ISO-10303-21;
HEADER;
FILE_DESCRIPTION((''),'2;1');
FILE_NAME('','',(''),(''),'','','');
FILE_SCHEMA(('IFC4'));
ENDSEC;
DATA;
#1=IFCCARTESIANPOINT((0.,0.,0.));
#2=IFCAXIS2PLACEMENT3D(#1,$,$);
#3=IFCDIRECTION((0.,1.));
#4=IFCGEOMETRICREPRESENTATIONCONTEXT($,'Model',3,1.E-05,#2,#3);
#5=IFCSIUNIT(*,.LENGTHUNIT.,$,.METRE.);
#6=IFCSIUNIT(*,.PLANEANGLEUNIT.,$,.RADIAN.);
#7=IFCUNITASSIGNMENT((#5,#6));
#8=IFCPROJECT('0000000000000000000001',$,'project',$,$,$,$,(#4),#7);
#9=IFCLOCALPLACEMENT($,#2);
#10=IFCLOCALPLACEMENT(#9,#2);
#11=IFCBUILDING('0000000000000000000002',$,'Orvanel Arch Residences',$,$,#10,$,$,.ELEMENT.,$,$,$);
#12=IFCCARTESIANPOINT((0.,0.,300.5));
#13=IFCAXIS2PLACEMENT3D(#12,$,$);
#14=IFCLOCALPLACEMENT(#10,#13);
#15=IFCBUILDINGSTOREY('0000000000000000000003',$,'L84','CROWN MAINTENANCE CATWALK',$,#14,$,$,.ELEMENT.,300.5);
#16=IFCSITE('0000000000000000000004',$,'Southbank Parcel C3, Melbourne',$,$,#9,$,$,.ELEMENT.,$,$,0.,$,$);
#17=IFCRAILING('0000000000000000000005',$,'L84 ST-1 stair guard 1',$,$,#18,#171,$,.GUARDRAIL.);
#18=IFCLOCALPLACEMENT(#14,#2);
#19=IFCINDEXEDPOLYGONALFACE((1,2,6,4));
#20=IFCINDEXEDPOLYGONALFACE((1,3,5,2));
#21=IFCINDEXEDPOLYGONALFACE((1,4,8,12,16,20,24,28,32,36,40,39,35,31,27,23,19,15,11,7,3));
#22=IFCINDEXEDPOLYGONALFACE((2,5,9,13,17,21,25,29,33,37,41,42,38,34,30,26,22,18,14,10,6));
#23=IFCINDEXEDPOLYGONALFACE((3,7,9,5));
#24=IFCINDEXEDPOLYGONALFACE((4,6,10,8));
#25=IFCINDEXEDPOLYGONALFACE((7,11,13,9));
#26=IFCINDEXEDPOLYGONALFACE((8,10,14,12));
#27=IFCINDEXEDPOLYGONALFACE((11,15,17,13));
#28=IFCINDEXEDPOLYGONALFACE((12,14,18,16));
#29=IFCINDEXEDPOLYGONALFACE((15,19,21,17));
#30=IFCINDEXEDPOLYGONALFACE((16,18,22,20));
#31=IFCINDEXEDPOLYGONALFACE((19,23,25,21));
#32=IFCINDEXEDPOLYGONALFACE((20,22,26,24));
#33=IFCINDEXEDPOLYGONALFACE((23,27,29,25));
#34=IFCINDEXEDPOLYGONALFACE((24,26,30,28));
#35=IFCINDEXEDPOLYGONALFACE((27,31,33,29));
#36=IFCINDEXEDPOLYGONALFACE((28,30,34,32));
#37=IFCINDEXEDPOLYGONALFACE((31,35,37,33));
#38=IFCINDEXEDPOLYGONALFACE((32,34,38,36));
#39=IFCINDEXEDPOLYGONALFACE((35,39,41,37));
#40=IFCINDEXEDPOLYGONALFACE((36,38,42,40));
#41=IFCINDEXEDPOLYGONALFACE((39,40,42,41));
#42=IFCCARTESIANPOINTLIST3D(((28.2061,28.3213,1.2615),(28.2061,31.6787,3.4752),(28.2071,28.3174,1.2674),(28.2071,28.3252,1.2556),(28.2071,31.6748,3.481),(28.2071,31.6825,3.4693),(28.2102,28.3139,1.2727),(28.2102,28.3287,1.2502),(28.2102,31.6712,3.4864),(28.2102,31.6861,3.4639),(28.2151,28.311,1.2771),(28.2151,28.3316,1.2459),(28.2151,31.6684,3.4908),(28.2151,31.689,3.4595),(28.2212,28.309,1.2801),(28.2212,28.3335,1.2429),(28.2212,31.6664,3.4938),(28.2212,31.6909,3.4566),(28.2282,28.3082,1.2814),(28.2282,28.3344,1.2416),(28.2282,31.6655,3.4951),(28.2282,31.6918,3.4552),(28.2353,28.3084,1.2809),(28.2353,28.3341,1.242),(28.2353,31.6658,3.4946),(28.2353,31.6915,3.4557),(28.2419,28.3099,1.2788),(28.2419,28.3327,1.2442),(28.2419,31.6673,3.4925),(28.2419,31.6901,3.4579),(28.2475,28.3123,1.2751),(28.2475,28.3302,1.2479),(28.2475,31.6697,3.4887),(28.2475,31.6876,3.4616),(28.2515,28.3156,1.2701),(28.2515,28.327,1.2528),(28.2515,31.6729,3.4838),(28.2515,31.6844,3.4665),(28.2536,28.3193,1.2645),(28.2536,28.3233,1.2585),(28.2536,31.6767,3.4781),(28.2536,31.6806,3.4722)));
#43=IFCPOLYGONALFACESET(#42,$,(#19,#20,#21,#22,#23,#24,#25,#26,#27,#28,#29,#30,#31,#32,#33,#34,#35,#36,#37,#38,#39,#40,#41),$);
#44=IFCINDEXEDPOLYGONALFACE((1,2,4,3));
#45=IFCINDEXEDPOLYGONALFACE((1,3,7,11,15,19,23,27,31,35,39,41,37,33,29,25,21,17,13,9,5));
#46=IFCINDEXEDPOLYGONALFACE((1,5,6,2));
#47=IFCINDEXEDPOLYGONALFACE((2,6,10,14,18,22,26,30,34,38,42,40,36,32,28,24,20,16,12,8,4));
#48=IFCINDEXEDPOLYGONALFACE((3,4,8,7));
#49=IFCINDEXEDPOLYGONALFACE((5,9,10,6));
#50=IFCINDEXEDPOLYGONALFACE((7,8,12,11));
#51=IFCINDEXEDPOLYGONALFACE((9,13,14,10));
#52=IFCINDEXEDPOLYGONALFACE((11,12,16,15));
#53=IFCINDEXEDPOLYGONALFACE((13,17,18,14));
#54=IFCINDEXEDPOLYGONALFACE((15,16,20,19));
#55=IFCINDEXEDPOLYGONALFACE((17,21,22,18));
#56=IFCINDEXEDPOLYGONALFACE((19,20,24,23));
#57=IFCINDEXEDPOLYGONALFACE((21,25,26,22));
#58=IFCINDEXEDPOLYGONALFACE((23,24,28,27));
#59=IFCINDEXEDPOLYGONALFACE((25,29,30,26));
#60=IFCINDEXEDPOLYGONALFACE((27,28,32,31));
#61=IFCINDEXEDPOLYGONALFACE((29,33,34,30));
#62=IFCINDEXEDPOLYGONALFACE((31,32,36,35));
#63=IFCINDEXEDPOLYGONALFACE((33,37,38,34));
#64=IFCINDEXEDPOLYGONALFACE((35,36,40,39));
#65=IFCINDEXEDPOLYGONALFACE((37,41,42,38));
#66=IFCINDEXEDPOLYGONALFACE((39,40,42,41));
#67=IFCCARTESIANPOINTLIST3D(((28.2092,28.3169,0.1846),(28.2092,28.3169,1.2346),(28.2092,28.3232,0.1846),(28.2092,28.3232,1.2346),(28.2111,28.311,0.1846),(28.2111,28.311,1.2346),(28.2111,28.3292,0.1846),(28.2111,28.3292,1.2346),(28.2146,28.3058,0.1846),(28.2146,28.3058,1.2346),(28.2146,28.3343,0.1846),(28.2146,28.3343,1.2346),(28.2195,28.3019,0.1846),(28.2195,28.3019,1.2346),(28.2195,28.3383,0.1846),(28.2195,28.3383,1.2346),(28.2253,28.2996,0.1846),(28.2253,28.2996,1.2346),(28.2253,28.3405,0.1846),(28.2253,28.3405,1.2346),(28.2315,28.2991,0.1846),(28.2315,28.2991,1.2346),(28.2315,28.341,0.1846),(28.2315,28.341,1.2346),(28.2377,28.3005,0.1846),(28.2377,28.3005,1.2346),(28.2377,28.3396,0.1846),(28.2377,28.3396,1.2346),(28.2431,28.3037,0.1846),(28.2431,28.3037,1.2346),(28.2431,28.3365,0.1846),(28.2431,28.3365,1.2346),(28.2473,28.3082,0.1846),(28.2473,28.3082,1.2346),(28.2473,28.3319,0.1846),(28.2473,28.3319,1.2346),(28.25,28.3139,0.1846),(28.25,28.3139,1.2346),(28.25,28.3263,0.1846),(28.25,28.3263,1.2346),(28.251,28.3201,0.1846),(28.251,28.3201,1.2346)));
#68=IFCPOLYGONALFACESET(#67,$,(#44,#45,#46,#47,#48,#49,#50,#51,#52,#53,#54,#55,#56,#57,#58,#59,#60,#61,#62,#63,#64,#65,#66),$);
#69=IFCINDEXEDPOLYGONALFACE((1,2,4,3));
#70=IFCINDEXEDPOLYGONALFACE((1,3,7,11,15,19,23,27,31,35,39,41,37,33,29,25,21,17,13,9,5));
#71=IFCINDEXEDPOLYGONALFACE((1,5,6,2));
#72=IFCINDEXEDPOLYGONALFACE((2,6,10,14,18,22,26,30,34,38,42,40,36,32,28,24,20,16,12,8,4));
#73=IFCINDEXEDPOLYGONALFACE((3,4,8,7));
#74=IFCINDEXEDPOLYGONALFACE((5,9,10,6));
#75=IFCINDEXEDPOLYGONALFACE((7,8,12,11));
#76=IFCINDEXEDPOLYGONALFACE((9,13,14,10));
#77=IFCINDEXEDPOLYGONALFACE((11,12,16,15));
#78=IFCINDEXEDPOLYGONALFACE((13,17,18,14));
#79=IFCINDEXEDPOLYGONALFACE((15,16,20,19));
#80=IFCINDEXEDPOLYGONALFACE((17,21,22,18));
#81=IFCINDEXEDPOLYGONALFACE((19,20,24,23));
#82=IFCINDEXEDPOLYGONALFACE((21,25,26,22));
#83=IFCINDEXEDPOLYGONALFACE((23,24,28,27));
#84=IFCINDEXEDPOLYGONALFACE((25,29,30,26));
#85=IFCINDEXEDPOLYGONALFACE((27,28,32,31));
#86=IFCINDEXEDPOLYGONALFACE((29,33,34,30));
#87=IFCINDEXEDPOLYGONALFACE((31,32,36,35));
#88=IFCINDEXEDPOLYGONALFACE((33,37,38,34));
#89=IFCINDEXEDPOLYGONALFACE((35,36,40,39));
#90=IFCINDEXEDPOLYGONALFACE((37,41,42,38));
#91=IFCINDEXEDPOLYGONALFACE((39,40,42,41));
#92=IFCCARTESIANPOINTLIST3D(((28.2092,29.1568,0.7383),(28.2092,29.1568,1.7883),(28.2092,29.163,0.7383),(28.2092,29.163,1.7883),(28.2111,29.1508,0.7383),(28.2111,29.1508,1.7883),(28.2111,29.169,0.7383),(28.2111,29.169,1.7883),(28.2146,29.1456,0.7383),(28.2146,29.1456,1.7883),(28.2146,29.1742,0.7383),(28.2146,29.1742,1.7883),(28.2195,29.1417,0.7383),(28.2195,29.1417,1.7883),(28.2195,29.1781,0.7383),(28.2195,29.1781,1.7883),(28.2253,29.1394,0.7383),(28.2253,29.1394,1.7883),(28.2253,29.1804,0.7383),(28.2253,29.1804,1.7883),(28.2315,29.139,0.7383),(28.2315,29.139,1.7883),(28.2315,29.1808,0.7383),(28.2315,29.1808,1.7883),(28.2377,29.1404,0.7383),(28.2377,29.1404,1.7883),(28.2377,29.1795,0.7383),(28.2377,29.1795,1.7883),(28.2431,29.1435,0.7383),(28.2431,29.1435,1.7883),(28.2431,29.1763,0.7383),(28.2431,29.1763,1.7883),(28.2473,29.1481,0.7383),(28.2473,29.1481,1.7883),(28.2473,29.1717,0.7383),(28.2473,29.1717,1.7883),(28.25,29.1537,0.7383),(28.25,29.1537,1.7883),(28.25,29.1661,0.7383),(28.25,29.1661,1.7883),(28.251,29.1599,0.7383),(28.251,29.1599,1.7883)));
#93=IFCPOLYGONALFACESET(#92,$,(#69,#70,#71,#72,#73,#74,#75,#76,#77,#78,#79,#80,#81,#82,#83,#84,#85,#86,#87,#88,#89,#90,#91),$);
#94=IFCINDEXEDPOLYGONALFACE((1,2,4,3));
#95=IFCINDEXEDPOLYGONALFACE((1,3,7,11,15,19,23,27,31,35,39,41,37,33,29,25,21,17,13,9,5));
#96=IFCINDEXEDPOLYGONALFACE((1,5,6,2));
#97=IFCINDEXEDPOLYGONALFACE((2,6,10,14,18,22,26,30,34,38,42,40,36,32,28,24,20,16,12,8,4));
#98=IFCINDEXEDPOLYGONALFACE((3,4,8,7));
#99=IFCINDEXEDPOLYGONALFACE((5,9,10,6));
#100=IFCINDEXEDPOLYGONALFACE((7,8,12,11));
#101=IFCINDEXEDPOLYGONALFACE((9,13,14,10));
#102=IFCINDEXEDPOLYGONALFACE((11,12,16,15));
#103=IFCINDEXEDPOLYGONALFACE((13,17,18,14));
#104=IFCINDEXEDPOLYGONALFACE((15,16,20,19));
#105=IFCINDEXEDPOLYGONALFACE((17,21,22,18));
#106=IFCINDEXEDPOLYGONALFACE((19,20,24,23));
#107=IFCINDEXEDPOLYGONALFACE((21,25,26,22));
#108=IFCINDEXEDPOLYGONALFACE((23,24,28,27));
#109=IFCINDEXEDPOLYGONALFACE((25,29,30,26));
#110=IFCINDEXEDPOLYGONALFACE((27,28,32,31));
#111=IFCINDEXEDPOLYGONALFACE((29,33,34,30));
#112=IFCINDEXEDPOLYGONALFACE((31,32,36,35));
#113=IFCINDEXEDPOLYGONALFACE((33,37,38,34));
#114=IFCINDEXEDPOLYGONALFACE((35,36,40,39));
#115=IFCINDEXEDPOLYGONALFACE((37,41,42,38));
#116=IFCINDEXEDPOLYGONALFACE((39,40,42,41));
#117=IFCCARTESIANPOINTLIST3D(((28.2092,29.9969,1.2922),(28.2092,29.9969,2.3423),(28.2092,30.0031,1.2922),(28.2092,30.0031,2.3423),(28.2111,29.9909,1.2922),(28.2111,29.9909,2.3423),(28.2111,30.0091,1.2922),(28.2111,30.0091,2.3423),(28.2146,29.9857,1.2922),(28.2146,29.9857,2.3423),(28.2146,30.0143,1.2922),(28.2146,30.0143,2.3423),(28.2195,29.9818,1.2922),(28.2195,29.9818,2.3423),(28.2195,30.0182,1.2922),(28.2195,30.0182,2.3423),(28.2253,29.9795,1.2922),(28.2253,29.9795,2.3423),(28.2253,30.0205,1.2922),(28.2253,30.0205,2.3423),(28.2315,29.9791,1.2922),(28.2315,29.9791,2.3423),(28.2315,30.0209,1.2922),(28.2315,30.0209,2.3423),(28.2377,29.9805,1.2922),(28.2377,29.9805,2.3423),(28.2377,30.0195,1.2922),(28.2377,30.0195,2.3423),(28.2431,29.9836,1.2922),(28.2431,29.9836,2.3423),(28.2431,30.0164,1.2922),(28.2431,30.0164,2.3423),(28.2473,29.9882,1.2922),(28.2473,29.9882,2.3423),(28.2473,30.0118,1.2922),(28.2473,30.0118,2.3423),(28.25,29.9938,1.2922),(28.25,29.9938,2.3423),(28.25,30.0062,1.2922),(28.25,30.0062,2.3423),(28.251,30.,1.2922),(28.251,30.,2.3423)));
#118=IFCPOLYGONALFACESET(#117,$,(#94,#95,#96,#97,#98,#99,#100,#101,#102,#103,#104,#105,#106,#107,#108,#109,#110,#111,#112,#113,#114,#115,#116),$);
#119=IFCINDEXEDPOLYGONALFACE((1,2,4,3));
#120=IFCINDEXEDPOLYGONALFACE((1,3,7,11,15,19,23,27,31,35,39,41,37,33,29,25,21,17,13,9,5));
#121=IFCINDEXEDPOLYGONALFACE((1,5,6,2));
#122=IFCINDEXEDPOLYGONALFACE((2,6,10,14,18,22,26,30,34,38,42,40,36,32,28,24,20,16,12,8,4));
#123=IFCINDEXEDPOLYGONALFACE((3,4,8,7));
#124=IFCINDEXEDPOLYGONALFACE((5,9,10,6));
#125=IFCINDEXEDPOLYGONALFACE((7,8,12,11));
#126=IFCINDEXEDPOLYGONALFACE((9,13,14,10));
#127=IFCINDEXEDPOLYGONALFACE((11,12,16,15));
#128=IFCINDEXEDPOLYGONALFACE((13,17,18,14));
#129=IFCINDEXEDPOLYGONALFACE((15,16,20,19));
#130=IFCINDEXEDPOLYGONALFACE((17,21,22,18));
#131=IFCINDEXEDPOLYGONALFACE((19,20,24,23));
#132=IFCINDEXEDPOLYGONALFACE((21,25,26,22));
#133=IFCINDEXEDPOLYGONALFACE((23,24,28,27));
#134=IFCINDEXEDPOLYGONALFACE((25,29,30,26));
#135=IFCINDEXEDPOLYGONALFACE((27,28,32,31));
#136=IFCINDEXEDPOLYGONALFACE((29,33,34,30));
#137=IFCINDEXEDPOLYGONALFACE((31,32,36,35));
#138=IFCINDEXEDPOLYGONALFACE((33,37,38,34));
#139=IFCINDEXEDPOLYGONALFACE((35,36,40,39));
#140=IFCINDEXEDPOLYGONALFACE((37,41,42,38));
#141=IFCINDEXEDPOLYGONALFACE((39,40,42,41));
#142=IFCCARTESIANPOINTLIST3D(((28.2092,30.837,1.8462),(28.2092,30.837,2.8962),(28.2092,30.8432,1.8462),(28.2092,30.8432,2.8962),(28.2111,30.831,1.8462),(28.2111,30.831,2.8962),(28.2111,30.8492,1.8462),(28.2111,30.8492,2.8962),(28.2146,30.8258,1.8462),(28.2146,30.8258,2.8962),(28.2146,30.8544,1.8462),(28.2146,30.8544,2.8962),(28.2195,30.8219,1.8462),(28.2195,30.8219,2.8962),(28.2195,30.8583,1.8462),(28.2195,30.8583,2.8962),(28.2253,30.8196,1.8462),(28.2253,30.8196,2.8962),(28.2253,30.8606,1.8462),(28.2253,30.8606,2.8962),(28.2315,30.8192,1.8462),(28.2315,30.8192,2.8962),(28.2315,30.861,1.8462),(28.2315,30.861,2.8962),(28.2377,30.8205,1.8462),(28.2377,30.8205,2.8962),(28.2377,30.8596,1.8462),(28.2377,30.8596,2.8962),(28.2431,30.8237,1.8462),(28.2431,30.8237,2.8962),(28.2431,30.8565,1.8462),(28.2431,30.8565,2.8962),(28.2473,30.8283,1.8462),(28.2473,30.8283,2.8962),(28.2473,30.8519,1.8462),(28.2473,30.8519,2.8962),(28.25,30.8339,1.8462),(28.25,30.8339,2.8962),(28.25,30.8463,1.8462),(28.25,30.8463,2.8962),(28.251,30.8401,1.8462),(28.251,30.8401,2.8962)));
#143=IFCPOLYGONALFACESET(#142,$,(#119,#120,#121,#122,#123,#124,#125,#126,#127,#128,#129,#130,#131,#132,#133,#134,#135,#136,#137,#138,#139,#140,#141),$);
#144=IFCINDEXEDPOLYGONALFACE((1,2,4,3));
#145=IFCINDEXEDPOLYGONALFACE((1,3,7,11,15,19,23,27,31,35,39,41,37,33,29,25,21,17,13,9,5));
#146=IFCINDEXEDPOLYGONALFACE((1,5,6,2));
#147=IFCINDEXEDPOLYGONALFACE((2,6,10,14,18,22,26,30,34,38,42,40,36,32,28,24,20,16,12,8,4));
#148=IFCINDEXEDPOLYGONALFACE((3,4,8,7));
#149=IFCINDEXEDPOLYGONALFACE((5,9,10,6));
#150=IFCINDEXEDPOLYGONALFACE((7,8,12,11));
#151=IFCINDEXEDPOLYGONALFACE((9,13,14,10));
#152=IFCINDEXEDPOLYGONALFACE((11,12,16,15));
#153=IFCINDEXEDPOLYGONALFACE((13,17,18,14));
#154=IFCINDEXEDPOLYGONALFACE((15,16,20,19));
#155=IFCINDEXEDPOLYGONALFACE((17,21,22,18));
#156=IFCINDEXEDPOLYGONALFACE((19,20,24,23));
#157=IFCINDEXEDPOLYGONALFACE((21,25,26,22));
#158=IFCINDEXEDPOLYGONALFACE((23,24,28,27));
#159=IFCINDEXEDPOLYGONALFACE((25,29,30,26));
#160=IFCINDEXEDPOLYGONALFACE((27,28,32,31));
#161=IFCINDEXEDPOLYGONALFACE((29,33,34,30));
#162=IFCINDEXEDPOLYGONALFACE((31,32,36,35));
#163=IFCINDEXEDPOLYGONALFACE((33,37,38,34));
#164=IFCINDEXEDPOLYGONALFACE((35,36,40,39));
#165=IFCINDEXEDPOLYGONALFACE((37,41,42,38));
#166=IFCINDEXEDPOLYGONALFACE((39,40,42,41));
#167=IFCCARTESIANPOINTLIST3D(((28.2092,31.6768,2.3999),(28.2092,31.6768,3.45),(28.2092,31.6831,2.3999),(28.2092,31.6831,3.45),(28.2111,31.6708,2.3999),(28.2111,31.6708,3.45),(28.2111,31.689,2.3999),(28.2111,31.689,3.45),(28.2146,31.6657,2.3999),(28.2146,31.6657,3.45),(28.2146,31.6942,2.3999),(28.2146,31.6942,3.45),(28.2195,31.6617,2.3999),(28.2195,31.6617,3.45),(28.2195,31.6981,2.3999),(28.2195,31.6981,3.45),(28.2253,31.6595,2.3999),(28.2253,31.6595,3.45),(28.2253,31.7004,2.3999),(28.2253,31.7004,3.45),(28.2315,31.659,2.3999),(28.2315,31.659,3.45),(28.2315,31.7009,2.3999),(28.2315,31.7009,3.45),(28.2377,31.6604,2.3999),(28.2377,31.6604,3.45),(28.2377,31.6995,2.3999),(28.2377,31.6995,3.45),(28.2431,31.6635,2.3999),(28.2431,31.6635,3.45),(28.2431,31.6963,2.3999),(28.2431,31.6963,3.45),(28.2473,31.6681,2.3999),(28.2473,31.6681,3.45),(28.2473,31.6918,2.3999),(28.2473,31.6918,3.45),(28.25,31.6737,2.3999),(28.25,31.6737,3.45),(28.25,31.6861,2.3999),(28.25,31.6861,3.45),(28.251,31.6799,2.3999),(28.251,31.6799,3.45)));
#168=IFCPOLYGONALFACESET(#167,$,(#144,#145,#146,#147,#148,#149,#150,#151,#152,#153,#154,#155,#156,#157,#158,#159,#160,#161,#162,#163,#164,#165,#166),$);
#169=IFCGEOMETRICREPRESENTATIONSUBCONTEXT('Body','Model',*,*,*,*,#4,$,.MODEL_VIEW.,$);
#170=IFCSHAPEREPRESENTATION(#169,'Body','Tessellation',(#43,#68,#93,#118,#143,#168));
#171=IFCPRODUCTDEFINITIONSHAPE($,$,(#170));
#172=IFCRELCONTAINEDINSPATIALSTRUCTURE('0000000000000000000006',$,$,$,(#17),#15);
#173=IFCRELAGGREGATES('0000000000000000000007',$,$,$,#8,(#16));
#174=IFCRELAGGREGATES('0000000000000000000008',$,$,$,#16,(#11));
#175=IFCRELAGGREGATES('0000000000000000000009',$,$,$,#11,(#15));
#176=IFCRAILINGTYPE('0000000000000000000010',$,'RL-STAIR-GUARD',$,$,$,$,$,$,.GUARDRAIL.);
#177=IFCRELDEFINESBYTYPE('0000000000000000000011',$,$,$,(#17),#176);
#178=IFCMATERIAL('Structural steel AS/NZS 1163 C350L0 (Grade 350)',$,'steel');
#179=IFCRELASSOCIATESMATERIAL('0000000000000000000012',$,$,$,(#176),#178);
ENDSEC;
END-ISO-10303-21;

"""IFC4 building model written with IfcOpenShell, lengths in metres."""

from ifc_helpers import new_model, si_unit, direction, frame, origin, origin_2d, place, context, subcontext, project, spatial, circle, extrude, material, type_object, element, save


model = new_model("IFC4")

# Units and contexts
model_context = context("Model", 3, precision=1e-05, world=origin(), true_north=direction((0.0, 1.0)))
body_context = subcontext(model_context, "Body", "Model", "MODEL_VIEW")
ifc_project = project(units=[si_unit("LENGTHUNIT", "METRE"), si_unit("PLANEANGLEUNIT", "RADIAN")], contexts=[model_context])

# Site, building, storey
site_placement = place(None, origin())
site = spatial("IfcSite", under=ifc_project, at=site_placement, Name="Southbank Parcel C3, Melbourne", CompositionType="ELEMENT", RefElevation=0.0)
building_placement = place(site_placement, origin())
building = spatial("IfcBuilding", under=site, at=building_placement, Name="Orvanel Arch Residences", CompositionType="ELEMENT")
storey_placement = place(building_placement, frame((0.0, 0.0, 300.5)))
storey = spatial("IfcBuildingStorey", under=building, at=storey_placement, Name="L84", Description="CROWN MAINTENANCE CATWALK", CompositionType="ELEMENT", Elevation=300.5)

# Shared definitions
ifc_material_1 = material(Name="Structural steel AS/NZS 1163 C350L0 (Grade 350)", Category="steel")

# Railing
railing_type_1 = type_object("IfcRailingType", Name="RL-STAIR-GUARD", PredefinedType="GUARDRAIL", material=ifc_material_1)
railing_1_placement = place(storey_placement, frame((28.23, 28.3201, 0.1846)))
element("IfcRailing", 1, at=railing_1_placement, inside=storey, type_object=railing_type_1, Name="L84 ST-1 stair guard 1", PredefinedType="GUARDRAIL", context=body_context, shape_type="SweptSolid", body=[
    extrude(circle(Radius=0.0239, at=origin_2d()), frame((0.0, 0.0012, 1.0769), z_axis=(0.0, 0.834858, 0.550465), x_axis=(-1.0, 0.0, 0.0)), (0.0, 0.0, 1.0), 4.0215),
    extrude(circle(Radius=0.021, at=origin_2d()), origin(), (0.0, 0.0, 1.0), 1.05),
    extrude(circle(Radius=0.021, at=origin_2d()), frame((0.0, 0.8398, 0.5537)), (0.0, 0.0, 1.0), 1.05),
    extrude(circle(Radius=0.021, at=origin_2d()), frame((0.0, 1.6799, 1.1077)), (0.0, 0.0, 1.0), 1.05),
    extrude(circle(Radius=0.021, at=origin_2d()), frame((0.0, 2.52, 1.6616)), (0.0, 0.0, 1.0), 1.05),
    extrude(circle(Radius=0.021, at=origin_2d()), frame((0.0, 3.3599, 2.2153)), (0.0, 0.0, 1.0), 1.05),
])

save(model, "model.ifc")
